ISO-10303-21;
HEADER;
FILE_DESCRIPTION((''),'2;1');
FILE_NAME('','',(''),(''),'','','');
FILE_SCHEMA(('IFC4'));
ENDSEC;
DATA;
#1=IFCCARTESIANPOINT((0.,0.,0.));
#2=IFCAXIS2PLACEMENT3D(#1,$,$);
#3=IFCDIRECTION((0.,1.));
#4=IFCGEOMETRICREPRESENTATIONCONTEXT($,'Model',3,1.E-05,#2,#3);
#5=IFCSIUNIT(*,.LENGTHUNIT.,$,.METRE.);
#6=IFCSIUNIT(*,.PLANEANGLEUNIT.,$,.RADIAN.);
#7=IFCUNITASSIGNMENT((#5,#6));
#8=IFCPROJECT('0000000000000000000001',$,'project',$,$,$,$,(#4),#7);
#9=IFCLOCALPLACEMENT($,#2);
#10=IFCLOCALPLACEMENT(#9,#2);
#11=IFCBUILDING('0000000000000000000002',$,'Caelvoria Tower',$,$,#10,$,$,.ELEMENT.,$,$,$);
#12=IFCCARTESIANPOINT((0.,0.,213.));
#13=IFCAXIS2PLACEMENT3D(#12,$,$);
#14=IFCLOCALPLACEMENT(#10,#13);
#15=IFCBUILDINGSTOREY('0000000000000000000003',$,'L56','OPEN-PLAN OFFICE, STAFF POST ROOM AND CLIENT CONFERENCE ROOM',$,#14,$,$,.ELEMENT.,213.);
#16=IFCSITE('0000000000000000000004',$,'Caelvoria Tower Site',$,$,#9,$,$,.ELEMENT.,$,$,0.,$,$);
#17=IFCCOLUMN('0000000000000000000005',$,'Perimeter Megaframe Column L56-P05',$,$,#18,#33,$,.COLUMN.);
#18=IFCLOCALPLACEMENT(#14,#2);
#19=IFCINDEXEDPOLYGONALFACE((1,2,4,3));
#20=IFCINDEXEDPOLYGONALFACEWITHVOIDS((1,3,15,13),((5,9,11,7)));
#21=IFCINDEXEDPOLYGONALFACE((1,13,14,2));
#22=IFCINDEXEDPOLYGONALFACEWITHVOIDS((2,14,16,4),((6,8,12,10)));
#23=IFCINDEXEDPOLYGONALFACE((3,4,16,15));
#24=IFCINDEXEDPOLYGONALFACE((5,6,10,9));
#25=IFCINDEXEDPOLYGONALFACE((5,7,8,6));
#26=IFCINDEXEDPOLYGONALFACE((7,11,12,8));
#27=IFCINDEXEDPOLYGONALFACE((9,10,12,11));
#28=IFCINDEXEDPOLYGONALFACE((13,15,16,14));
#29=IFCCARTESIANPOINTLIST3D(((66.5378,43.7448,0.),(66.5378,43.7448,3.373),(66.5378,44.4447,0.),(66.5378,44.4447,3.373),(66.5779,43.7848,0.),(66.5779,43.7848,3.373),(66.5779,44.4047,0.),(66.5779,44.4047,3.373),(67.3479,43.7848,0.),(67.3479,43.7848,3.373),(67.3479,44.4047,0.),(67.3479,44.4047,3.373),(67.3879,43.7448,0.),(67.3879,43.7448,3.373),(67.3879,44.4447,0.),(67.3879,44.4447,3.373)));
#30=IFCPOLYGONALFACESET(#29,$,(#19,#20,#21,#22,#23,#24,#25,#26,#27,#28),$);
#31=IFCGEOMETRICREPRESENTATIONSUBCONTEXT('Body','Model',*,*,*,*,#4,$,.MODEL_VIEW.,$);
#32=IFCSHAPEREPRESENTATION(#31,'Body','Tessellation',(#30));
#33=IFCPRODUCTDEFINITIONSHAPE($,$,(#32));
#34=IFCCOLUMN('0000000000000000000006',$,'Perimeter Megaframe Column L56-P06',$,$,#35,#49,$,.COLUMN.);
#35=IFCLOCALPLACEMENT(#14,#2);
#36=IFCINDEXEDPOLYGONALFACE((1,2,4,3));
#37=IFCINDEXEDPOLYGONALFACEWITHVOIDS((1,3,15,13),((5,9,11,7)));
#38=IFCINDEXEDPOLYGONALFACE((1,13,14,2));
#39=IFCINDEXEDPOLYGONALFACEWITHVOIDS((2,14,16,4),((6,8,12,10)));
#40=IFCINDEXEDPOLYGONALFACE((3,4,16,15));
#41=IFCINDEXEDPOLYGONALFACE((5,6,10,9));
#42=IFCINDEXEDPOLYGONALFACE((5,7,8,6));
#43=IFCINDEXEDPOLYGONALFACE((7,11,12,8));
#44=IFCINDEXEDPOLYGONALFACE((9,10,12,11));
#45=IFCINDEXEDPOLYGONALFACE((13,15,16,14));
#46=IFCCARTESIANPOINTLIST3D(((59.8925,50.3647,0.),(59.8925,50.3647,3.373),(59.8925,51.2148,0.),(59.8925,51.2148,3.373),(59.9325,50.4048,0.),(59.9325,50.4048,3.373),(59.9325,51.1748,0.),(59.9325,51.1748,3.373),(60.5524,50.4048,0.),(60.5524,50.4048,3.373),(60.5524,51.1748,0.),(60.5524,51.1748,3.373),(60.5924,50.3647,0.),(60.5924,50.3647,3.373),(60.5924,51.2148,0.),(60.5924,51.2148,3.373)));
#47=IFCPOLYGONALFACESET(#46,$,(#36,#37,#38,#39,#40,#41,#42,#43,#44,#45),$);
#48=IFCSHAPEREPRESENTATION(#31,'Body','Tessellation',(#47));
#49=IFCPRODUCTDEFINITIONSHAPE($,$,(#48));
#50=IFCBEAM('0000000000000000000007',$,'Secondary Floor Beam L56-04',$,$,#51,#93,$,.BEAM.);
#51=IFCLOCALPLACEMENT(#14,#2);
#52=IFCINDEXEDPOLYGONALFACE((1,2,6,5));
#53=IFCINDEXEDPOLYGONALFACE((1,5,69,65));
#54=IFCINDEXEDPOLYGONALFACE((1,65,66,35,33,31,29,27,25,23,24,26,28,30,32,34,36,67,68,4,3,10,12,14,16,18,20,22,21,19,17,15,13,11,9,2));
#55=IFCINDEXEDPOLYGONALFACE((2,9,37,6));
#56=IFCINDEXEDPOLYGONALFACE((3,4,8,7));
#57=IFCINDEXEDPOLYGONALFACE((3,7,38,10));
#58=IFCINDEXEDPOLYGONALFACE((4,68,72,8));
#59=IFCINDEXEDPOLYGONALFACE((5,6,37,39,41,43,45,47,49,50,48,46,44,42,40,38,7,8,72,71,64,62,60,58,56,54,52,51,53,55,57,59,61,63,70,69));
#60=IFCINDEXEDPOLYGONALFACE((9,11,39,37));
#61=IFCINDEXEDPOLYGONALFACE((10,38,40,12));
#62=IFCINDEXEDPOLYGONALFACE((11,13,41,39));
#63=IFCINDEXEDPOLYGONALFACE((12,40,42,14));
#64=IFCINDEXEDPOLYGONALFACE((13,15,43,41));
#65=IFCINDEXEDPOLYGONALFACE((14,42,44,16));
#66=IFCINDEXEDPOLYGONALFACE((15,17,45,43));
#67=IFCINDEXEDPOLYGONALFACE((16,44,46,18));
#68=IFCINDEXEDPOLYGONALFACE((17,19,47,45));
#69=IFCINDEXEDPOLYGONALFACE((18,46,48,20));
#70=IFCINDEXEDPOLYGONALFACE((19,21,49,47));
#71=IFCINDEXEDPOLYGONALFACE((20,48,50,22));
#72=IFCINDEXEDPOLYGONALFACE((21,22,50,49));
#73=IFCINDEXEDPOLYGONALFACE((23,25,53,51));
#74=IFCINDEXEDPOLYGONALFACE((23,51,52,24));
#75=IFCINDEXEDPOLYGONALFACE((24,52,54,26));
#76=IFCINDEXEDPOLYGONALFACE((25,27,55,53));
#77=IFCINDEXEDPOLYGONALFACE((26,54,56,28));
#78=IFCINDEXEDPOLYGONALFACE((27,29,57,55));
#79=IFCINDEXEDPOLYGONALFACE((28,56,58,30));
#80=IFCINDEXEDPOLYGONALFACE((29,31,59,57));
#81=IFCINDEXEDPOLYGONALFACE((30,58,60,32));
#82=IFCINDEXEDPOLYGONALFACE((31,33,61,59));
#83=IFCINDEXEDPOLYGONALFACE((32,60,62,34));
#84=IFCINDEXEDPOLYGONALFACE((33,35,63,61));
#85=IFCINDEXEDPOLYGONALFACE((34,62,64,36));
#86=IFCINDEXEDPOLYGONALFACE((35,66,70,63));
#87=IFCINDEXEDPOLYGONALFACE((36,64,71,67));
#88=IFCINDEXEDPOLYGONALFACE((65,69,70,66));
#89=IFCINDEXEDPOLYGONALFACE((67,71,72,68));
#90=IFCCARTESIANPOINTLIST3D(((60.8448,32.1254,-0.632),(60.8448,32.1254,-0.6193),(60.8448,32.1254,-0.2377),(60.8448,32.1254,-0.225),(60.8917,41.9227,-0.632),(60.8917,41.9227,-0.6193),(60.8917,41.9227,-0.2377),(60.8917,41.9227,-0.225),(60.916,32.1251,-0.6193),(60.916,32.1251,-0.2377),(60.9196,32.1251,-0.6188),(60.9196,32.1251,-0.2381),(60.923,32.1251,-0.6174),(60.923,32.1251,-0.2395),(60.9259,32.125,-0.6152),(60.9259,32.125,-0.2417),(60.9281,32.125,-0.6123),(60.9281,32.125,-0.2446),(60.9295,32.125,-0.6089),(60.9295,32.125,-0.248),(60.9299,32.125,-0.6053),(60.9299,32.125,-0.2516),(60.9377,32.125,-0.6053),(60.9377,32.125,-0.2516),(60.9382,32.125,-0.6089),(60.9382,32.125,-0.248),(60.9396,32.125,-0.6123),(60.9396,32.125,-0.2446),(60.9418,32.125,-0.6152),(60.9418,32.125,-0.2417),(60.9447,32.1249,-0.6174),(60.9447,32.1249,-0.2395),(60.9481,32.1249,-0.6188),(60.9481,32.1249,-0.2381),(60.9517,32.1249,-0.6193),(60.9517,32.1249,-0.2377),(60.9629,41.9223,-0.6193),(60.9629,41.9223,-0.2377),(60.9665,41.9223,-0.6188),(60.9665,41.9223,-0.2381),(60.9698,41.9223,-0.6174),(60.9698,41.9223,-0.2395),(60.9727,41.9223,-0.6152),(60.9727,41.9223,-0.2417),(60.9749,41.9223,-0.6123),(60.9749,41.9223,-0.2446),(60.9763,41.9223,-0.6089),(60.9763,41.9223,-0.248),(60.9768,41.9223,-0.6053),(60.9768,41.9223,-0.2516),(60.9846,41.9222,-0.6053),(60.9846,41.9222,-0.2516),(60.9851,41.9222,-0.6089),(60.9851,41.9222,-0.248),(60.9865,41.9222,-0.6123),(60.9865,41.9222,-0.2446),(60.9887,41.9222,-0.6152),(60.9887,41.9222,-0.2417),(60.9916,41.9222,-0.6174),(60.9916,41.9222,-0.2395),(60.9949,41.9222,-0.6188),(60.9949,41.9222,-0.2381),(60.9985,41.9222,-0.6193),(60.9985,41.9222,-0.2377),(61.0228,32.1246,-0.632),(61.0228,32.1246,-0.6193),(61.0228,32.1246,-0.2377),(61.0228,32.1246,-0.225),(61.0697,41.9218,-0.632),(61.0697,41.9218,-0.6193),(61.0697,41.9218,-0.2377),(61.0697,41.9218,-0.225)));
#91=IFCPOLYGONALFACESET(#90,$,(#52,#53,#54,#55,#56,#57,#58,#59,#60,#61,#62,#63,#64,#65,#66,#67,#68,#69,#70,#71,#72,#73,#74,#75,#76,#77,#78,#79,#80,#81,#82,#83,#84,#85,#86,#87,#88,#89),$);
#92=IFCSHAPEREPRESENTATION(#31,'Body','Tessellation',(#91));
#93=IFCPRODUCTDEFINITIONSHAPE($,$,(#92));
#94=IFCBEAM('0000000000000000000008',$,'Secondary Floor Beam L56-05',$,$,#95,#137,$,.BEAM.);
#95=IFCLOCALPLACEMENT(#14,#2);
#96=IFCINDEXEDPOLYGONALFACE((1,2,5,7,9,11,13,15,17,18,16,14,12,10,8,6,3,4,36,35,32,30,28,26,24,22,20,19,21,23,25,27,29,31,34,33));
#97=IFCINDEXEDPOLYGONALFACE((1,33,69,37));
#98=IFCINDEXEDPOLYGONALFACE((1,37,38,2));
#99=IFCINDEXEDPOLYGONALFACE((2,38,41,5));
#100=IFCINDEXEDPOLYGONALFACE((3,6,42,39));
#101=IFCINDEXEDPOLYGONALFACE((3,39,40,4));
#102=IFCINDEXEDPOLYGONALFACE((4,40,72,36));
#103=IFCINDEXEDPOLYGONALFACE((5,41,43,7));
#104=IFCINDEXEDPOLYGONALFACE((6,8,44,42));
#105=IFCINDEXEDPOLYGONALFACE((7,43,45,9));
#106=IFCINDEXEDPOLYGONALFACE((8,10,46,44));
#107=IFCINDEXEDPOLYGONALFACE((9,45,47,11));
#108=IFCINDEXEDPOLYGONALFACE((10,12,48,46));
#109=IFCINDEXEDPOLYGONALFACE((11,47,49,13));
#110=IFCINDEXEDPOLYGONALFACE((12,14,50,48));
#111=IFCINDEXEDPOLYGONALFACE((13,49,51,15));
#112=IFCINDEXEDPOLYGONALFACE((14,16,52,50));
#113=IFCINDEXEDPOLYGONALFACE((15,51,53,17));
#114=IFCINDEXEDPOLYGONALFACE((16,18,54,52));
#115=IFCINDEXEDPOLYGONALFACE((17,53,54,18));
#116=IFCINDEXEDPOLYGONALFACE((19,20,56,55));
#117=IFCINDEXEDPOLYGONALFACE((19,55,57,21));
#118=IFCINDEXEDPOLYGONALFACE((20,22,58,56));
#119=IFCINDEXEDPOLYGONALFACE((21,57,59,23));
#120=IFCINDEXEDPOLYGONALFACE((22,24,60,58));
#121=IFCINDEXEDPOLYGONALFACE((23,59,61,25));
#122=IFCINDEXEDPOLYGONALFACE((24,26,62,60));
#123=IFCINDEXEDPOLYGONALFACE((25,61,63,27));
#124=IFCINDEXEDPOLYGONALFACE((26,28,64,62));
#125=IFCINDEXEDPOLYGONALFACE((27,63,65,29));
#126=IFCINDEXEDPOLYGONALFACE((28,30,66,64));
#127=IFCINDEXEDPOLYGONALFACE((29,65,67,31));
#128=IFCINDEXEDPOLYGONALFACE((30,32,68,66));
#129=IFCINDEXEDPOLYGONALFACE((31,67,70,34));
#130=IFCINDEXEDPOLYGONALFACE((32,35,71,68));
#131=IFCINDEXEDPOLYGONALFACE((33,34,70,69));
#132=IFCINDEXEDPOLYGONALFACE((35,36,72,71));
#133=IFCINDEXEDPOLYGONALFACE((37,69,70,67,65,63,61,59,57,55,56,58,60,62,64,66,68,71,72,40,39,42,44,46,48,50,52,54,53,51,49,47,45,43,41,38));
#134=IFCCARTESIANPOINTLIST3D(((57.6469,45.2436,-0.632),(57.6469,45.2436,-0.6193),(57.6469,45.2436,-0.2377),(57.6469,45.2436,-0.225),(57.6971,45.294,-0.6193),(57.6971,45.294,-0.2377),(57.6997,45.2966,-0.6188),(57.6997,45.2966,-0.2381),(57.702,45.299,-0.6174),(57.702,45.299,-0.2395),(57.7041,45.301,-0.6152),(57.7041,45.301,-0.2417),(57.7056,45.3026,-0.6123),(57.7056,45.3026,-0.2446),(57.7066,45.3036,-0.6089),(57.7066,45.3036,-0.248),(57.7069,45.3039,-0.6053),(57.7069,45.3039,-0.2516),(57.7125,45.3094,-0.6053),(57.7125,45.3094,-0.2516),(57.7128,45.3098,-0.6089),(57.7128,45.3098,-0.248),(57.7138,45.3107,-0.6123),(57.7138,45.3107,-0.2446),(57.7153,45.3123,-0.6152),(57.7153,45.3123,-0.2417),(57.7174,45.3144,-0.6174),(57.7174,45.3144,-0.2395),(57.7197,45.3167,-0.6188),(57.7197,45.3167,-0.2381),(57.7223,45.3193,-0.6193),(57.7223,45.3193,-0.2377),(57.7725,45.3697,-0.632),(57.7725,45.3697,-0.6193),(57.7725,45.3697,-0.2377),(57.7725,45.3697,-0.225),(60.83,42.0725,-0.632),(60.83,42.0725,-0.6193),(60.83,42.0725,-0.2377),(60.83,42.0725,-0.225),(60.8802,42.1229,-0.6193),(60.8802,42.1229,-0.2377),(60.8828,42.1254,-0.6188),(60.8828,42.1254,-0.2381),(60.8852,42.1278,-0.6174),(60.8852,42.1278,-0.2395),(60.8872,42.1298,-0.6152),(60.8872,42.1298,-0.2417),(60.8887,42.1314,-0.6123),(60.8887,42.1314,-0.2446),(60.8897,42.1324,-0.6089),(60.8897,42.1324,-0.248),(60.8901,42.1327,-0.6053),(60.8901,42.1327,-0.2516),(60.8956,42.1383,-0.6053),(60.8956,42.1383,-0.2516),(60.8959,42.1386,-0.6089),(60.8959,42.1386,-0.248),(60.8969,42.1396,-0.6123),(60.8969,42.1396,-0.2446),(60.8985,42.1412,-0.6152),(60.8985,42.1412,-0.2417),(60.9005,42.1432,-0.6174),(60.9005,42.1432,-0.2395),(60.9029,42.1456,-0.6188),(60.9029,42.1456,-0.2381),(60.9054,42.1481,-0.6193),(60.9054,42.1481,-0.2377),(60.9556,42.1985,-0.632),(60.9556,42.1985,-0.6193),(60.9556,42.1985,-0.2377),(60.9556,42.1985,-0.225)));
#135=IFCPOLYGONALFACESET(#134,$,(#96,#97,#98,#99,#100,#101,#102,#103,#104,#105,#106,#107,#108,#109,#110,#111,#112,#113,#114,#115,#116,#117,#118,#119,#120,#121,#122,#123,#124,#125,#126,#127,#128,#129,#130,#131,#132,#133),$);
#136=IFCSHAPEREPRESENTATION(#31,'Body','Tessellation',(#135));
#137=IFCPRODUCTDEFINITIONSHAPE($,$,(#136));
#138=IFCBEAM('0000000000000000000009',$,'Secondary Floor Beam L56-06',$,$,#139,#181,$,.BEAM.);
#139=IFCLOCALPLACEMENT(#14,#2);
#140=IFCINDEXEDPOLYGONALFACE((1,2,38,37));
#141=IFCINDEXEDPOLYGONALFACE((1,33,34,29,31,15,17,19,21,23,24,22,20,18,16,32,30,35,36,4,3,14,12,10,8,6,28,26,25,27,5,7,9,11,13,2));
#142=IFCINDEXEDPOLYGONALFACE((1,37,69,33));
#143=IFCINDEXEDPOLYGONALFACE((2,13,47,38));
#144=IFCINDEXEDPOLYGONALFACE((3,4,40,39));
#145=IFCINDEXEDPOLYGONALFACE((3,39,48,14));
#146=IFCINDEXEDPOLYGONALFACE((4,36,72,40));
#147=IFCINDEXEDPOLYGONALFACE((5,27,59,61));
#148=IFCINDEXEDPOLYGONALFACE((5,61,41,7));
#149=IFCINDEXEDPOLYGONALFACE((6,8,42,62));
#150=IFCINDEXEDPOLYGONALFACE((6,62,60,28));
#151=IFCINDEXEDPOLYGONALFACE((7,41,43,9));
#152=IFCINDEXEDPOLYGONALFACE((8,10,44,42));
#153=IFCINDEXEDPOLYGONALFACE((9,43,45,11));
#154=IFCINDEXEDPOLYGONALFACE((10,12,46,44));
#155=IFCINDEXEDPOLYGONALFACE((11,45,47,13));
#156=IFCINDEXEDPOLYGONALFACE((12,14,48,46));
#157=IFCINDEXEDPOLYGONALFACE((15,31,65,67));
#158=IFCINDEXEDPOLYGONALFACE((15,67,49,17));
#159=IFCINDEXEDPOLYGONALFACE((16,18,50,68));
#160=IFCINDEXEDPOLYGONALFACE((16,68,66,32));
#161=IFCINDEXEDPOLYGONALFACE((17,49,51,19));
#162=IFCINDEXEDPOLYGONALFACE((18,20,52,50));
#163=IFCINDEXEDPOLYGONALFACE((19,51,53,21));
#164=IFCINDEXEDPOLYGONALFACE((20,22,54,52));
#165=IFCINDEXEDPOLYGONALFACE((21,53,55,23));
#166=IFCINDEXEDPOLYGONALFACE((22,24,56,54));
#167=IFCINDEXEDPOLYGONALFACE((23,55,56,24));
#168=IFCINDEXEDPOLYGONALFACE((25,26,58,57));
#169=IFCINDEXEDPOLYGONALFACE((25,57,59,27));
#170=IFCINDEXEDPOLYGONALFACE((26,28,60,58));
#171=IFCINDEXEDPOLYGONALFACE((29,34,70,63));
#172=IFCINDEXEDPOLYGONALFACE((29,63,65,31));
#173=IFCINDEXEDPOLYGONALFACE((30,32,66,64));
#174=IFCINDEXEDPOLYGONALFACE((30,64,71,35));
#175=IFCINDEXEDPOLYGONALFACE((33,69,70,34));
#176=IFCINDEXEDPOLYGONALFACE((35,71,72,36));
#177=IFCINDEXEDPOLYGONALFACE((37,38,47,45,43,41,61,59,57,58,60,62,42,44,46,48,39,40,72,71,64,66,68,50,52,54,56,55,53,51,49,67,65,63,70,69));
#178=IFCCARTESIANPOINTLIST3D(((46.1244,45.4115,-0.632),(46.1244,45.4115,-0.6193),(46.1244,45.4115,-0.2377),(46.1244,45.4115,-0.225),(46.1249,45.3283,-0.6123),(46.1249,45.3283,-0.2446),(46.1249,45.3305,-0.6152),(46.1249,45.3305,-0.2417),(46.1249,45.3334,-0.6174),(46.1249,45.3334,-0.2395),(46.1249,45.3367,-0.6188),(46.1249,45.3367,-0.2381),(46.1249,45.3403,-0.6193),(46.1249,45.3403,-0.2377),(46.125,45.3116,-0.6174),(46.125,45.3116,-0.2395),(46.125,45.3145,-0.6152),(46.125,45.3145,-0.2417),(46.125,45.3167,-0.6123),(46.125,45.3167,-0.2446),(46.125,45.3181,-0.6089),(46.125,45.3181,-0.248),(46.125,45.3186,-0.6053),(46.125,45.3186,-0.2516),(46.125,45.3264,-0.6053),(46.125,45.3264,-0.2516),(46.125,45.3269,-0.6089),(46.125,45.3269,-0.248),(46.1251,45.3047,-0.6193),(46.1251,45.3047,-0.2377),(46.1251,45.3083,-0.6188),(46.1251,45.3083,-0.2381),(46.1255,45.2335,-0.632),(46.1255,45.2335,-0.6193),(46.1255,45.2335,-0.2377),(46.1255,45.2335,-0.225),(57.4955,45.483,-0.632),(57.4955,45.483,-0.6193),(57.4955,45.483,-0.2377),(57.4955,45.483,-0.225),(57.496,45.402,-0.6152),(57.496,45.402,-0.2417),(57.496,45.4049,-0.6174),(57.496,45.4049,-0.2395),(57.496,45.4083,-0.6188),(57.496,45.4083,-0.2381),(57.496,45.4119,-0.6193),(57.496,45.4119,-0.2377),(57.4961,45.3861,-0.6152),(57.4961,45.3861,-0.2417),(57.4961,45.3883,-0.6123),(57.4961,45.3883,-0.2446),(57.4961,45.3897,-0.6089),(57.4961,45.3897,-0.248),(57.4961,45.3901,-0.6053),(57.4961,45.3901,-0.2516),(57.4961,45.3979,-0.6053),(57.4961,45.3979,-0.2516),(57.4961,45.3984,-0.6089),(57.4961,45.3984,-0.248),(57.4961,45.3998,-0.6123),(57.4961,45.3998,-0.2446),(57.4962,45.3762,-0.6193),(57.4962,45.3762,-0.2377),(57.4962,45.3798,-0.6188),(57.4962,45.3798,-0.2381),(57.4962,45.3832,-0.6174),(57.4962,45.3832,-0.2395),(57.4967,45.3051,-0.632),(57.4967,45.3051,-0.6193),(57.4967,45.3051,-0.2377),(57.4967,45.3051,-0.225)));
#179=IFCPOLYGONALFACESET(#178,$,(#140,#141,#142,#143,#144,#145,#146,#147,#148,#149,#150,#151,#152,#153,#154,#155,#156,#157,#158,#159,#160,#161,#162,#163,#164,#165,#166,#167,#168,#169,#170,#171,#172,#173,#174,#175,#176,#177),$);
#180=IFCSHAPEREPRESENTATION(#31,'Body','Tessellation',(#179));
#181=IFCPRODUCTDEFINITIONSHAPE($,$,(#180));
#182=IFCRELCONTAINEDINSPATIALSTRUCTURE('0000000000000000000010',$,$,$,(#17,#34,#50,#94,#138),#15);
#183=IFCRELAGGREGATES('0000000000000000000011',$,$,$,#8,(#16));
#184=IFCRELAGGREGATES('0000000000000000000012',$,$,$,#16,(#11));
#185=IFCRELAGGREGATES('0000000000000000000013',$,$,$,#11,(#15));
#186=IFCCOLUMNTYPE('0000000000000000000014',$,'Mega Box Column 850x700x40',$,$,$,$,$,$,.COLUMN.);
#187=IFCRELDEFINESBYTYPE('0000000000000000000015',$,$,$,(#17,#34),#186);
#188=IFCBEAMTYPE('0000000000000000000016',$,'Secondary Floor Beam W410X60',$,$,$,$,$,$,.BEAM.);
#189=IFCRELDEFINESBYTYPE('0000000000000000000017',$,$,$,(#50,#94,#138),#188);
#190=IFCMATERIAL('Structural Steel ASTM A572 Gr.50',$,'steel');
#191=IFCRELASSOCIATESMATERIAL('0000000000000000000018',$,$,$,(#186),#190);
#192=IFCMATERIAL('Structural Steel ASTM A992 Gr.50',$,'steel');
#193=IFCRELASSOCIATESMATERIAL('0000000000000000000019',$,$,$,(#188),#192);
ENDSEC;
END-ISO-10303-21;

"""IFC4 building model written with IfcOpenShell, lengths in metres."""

from ifc_helpers import new_model, si_unit, direction, frame, origin, origin_2d, place, context, subcontext, project, spatial, hollow_rectangle, i_section, extrude, material, material_profile, profile_set, type_object, element, save


model = new_model("IFC4")

# Units and contexts
model_context = context("Model", 3, precision=1e-05, world=origin(), true_north=direction((0.0, 1.0)))
body_context = subcontext(model_context, "Body", "Model", "MODEL_VIEW")
ifc_project = project(units=[si_unit("LENGTHUNIT", "METRE"), si_unit("PLANEANGLEUNIT", "RADIAN")], contexts=[model_context])

# Site, building, storey
site_placement = place(None, origin())
site = spatial("IfcSite", under=ifc_project, at=site_placement, Name="Caelvoria Tower Site", CompositionType="ELEMENT", RefElevation=0.0)
building_placement = place(site_placement, origin())
building = spatial("IfcBuilding", under=site, at=building_placement, Name="Caelvoria Tower", CompositionType="ELEMENT")
storey_placement = place(building_placement, frame((0.0, 0.0, 213.0)))
storey = spatial("IfcBuildingStorey", under=building, at=storey_placement, Name="L56", Description="OPEN-PLAN OFFICE, STAFF POST ROOM AND CLIENT CONFERENCE ROOM", CompositionType="ELEMENT", Elevation=213.0)

# Columns
ifc_material_1 = material(Name="Structural Steel ASTM A572 Gr.50", Category="steel")
ifc_material_profile_1 = material_profile(ifc_material_1, hollow_rectangle(XDim=0.7, YDim=0.8501, WallThickness=0.04, at=origin_2d()), Name="Structural Steel ASTM A572 Gr.50")
ifc_profile_set_1 = profile_set([ifc_material_profile_1], Name="BOX850X700X40 - Structural Steel ASTM A572 Gr.50")
column_type = type_object("IfcColumnType", Name="Mega Box Column 850x700x40", PredefinedType="COLUMN", material=ifc_profile_set_1)
for number, where, z_axis, x_axis, name in (
    (1, (66.9629, 44.0947, 0.0), (0.0, 0.0, 1.0), (0.0, 1.0, 0.0), "Perimeter Megaframe Column L56-P05"),
    (2, (60.2424, 50.7898, 0.0), (0.0, 0.0, 1.0), (1.0, 0.0, 0.0), "Perimeter Megaframe Column L56-P06"),
):
    element("IfcColumn", number, at=place(storey_placement, frame(where, z_axis=z_axis, x_axis=x_axis)), inside=storey, type_object=column_type, Name=name, PredefinedType="COLUMN", context=body_context, shape_type="SweptSolid", body=[
        extrude(hollow_rectangle(XDim=0.7, YDim=0.8501, WallThickness=0.04, at=origin_2d()), origin(), (0.0, 0.0, 1.0), 3.373),
    ])

# Beams
ifc_material_2 = material(Name="Structural Steel ASTM A992 Gr.50", Category="steel")
ifc_material_profile_2 = material_profile(ifc_material_2, i_section(OverallWidth=0.178, OverallDepth=0.407, WebThickness=0.0078, FlangeThickness=0.0127, FilletRadius=0.0139, at=origin_2d()), Name="Structural Steel ASTM A992 Gr.50")
ifc_profile_set_2 = profile_set([ifc_material_profile_2], Name="W410X60 - Structural Steel ASTM A992 Gr.50")
beam_type_1 = type_object("IfcBeamType", Name="Secondary Floor Beam W410X60", PredefinedType="BEAM", material=ifc_profile_set_2)
beam_1_placement = place(storey_placement, frame((60.9338, 32.125, -0.4285), z_axis=(0.004784, 0.999989, 0.0), x_axis=(-0.999989, 0.004784, 0.0)))
element("IfcBeam", 3, at=beam_1_placement, inside=storey, type_object=beam_type_1, Name="Secondary Floor Beam L56-04", PredefinedType="BEAM", context=body_context, shape_type="SweptSolid", body=[
    extrude(i_section(OverallWidth=0.178, OverallDepth=0.407, WebThickness=0.0078, FlangeThickness=0.0127, FilletRadius=0.0139, at=origin_2d()), origin(), (0.0, 0.0, 1.0), 9.7974),
])
beam_2_placement = place(storey_placement, frame((60.8928, 42.1355, -0.4285), z_axis=(-0.708437, 0.705774, 0.0), x_axis=(-0.705774, -0.708437, 0.0)))
element("IfcBeam", 4, at=beam_2_placement, inside=storey, type_object=beam_type_1, Name="Secondary Floor Beam L56-05", PredefinedType="BEAM", context=body_context, shape_type="SweptSolid", body=[
    extrude(i_section(OverallWidth=0.178, OverallDepth=0.407, WebThickness=0.0078, FlangeThickness=0.0127, FilletRadius=0.0139, at=origin_2d()), origin(), (0.0, 0.0, 1.0), 4.4932),
])
beam_3_placement = place(storey_placement, frame((57.4961, 45.394, -0.4285), z_axis=(-0.99998, -0.006291, 0.0), x_axis=(0.006291, -0.99998, 0.0)))
element("IfcBeam", 5, at=beam_3_placement, inside=storey, type_object=beam_type_1, Name="Secondary Floor Beam L56-06", PredefinedType="BEAM", context=body_context, shape_type="SweptSolid", body=[
    extrude(i_section(OverallWidth=0.178, OverallDepth=0.407, WebThickness=0.0078, FlangeThickness=0.0127, FilletRadius=0.0139, at=origin_2d()), origin(), (0.0, 0.0, 1.0), 11.3713),
])

save(model, "model.ifc")
